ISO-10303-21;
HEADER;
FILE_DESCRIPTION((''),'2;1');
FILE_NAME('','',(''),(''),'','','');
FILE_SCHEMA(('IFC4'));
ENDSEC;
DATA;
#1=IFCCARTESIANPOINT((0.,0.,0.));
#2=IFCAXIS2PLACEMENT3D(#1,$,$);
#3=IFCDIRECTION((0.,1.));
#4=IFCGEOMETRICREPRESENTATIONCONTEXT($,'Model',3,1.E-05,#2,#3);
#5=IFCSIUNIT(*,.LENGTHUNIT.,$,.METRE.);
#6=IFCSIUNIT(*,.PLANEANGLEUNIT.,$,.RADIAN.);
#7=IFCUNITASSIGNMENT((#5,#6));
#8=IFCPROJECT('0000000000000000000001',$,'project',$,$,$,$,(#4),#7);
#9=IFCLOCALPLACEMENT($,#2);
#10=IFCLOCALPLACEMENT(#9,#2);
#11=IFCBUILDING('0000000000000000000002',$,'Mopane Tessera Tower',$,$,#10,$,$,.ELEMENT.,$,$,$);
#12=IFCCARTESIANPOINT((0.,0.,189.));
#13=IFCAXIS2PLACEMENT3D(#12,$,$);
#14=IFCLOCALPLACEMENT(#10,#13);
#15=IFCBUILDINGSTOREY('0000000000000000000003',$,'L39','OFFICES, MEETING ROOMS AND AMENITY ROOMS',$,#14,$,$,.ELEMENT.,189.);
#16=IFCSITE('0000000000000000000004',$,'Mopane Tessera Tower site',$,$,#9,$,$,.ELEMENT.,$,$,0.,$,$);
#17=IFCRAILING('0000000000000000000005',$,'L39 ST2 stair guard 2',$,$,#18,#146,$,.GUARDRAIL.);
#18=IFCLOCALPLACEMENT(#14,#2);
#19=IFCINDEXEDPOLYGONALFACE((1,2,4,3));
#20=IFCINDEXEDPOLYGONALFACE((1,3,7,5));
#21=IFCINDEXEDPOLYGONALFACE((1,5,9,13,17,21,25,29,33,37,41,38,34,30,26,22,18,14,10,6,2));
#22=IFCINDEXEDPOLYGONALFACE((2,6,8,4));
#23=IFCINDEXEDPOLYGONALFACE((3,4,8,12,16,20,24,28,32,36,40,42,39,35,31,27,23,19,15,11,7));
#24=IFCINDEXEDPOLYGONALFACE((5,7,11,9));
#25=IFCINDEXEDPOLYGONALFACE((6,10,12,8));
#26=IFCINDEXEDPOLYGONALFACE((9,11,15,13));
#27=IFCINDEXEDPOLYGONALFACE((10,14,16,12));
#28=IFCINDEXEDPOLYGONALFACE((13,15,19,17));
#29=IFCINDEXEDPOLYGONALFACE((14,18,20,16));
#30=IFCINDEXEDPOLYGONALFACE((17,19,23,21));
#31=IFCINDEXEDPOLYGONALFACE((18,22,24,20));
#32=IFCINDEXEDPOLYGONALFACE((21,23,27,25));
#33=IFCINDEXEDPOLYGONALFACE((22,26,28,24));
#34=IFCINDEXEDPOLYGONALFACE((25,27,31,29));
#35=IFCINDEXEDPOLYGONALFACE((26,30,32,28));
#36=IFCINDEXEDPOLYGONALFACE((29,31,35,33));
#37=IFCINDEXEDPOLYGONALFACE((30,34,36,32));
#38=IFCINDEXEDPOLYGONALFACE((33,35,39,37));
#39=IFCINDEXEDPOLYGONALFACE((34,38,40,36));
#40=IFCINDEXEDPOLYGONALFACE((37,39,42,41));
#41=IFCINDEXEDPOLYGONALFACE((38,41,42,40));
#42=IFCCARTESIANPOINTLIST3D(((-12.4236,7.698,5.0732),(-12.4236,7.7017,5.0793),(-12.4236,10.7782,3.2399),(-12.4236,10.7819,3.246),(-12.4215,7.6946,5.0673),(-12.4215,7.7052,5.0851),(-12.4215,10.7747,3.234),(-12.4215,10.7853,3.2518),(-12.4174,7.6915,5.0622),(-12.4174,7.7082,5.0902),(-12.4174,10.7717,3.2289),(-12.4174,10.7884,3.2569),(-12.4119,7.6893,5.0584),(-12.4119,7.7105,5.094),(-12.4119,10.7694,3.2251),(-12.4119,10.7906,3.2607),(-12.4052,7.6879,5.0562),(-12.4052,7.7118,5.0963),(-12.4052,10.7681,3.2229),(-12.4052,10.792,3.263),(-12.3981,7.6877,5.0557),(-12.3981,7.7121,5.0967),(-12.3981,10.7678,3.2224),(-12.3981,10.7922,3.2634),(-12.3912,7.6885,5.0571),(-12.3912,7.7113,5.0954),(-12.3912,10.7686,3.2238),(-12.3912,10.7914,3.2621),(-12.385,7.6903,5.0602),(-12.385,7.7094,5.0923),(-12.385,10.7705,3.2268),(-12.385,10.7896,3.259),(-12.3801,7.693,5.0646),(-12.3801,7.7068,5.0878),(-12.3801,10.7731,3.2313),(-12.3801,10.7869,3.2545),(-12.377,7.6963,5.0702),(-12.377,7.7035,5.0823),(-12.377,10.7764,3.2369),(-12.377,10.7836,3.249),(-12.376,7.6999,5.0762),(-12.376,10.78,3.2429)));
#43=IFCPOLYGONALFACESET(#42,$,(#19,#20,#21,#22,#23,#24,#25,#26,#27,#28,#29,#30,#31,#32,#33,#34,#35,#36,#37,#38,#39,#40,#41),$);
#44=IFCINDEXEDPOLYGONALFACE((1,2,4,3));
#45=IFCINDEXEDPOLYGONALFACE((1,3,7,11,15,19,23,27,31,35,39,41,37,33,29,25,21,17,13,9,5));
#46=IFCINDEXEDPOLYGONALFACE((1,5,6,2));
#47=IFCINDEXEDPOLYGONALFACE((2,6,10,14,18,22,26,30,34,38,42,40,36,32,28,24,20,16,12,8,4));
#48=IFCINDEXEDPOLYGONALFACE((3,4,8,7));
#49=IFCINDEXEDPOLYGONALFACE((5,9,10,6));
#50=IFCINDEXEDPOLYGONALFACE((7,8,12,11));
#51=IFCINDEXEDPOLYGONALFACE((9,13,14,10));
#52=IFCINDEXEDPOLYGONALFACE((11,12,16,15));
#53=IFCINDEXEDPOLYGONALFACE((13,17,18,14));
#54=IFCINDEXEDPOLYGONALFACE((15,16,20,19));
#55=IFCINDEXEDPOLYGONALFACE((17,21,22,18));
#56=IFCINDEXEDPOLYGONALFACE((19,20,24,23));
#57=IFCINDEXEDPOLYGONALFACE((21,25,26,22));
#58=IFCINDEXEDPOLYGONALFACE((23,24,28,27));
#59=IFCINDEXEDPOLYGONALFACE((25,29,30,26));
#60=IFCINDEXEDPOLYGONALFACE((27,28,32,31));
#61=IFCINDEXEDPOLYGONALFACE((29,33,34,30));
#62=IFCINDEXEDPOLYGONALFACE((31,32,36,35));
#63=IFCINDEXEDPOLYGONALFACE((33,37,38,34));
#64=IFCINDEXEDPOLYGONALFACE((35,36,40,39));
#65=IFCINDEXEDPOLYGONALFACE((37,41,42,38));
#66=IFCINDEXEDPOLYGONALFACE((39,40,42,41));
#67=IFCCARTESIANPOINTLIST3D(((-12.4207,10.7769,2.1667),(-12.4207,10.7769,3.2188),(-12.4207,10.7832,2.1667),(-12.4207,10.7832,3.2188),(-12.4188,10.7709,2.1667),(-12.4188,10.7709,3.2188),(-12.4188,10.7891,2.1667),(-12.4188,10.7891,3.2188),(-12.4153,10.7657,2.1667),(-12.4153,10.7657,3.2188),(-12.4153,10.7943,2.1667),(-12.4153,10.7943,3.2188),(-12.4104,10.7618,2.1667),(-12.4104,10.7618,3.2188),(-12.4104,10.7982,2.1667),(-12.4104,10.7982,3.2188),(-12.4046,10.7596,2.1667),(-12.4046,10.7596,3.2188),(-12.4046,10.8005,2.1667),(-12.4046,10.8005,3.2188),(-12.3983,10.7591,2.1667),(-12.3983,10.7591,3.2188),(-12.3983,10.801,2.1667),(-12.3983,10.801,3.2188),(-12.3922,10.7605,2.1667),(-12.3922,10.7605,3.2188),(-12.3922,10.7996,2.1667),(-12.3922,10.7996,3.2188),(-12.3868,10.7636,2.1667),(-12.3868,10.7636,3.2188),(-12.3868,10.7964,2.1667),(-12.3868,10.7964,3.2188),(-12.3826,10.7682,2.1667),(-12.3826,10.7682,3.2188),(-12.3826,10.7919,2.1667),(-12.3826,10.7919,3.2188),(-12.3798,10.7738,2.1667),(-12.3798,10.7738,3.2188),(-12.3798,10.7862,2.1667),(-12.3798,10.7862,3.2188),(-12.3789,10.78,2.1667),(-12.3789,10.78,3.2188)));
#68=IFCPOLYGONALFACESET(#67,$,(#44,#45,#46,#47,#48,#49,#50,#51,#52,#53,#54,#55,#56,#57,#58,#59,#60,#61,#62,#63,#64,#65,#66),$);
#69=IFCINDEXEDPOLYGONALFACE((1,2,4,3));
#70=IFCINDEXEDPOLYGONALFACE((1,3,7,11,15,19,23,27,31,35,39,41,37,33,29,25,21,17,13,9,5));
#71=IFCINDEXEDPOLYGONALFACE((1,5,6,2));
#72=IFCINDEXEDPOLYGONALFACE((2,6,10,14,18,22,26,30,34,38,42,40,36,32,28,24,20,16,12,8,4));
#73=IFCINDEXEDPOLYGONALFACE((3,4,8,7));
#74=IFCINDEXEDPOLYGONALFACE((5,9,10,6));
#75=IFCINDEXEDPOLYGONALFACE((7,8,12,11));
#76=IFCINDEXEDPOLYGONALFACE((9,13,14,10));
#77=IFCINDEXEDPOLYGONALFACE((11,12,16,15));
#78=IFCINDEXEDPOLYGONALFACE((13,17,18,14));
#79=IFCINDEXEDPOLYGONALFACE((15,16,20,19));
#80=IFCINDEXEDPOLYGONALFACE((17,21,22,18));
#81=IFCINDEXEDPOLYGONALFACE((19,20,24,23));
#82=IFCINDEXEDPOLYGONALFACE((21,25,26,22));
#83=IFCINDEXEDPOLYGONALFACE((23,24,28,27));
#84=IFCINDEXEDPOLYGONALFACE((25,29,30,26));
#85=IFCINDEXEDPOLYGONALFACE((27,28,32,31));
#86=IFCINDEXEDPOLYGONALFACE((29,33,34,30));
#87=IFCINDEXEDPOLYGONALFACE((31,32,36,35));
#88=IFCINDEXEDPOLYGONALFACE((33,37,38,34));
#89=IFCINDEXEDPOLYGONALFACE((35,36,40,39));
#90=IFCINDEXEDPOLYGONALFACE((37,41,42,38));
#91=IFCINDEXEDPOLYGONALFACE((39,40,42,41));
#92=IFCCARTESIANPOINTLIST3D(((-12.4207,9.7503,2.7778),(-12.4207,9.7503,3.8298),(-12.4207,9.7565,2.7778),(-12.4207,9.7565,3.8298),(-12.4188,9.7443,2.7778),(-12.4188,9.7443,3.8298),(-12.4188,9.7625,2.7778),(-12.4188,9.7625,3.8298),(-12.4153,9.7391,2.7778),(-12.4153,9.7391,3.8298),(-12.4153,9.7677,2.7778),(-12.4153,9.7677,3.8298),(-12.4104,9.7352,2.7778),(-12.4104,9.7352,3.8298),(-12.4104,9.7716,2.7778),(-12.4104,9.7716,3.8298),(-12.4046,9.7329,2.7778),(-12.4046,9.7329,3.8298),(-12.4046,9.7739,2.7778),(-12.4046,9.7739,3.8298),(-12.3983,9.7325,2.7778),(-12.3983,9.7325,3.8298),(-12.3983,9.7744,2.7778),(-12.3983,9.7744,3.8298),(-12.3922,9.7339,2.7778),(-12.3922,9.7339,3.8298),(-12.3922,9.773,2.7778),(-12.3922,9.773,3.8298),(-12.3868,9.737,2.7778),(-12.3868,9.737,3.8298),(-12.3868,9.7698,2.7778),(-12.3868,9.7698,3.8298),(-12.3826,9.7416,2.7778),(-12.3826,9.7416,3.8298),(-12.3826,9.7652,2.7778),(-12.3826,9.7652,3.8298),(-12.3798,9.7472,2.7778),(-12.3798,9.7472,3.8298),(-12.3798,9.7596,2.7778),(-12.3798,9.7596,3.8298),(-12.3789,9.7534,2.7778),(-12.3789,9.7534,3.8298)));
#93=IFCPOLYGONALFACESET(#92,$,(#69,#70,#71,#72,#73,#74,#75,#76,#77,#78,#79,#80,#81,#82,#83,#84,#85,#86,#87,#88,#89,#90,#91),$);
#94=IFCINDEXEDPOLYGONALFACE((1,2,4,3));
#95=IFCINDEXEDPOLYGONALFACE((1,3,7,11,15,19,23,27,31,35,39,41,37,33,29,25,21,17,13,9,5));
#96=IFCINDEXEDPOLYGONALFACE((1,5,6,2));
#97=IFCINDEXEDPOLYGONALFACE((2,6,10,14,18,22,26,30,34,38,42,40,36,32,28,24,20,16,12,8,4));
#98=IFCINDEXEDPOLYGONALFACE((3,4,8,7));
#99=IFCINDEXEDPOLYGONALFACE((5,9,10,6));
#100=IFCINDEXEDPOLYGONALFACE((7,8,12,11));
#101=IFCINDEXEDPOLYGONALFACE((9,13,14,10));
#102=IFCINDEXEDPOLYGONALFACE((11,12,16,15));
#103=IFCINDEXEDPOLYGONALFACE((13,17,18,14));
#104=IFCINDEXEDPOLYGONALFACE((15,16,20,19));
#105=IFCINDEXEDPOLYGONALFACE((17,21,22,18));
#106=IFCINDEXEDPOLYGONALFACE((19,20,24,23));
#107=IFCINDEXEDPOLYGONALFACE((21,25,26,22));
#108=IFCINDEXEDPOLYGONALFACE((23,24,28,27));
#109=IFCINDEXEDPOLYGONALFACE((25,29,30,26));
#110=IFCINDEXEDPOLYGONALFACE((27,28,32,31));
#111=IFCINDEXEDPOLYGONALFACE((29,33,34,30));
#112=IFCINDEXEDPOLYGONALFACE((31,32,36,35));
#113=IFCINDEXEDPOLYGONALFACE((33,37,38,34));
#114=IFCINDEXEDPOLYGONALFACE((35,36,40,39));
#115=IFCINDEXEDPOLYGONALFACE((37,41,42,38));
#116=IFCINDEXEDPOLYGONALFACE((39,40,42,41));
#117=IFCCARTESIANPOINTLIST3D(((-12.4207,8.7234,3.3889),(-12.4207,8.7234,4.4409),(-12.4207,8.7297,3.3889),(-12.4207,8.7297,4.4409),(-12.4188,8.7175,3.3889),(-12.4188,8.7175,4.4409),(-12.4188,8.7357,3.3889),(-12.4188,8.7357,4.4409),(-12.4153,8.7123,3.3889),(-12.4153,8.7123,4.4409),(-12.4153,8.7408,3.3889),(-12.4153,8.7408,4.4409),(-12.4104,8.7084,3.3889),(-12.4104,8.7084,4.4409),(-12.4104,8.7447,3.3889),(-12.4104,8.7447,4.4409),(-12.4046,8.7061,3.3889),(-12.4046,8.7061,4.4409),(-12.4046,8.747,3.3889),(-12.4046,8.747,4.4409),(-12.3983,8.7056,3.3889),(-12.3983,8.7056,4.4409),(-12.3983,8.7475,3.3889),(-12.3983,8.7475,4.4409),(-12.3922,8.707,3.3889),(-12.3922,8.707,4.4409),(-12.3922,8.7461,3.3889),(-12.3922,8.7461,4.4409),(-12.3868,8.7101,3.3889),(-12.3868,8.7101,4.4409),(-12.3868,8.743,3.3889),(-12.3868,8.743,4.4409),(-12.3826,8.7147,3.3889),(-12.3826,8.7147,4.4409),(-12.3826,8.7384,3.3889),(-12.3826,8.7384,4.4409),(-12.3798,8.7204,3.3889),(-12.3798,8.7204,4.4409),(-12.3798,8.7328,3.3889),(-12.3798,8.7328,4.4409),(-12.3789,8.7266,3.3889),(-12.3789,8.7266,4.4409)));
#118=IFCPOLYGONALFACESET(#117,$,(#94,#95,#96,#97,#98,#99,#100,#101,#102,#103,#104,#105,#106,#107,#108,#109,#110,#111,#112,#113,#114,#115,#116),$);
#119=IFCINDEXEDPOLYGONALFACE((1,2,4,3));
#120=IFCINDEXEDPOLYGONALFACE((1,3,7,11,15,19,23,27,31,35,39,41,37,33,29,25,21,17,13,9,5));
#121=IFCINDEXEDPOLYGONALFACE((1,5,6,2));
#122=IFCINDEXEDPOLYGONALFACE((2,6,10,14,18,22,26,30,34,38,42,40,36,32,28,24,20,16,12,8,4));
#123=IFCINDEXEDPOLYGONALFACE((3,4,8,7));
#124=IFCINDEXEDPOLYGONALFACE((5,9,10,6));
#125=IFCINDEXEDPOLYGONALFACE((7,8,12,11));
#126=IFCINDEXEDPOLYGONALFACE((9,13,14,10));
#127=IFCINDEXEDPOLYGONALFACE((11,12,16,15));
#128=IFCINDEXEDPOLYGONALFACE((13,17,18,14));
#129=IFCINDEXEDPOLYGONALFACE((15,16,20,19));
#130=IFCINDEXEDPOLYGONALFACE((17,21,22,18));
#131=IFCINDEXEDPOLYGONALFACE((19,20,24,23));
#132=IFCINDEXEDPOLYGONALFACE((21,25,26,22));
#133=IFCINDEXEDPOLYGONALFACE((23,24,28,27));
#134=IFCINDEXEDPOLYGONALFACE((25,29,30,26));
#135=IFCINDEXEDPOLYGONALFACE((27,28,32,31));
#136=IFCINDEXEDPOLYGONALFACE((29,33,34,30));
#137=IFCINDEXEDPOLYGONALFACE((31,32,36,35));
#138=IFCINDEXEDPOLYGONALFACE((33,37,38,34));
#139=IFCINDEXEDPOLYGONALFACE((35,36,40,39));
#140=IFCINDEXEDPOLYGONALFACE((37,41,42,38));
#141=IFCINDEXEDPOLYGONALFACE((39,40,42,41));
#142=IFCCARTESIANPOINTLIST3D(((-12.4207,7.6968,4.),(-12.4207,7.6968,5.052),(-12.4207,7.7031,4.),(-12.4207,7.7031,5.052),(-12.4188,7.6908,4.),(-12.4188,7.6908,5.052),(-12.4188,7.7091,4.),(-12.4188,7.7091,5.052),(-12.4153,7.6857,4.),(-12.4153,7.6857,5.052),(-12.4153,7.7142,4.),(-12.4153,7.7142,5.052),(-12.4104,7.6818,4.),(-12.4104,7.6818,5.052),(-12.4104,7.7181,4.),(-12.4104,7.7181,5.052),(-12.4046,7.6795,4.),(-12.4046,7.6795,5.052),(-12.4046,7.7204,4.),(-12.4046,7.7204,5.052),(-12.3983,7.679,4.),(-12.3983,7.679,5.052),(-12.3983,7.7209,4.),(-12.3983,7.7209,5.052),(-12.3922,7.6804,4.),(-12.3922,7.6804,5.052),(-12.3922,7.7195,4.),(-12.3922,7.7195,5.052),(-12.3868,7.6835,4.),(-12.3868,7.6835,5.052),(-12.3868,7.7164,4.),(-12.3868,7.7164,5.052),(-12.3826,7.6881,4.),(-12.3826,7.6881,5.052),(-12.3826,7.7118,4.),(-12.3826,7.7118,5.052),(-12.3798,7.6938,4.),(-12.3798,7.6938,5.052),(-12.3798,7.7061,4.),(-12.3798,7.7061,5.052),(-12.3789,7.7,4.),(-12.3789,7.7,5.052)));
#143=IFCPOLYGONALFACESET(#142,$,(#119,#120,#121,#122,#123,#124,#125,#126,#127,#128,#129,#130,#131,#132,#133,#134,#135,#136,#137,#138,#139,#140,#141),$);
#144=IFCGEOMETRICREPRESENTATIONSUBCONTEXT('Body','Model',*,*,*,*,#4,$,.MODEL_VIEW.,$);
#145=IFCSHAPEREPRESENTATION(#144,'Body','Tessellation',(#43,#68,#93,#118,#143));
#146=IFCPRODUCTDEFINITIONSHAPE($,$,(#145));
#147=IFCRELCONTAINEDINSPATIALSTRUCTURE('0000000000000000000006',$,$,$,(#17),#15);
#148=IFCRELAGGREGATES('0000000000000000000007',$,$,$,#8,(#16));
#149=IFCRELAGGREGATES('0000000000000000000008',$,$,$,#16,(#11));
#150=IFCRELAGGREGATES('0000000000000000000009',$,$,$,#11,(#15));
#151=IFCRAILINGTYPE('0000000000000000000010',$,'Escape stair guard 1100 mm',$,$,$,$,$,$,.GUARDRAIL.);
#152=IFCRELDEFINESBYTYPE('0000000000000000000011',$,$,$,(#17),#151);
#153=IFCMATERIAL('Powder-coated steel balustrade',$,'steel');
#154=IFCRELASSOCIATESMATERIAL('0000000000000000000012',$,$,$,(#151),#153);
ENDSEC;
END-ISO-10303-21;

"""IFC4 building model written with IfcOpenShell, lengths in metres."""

from ifc_helpers import new_model, si_unit, direction, frame, origin, origin_2d, place, context, subcontext, project, spatial, circle, extrude, material, type_object, element, save


model = new_model("IFC4")

# Units and contexts
model_context = context("Model", 3, precision=1e-05, world=origin(), true_north=direction((0.0, 1.0)))
body_context = subcontext(model_context, "Body", "Model", "MODEL_VIEW")
ifc_project = project(units=[si_unit("LENGTHUNIT", "METRE"), si_unit("PLANEANGLEUNIT", "RADIAN")], contexts=[model_context])

# Site, building, storey
site_placement = place(None, origin())
site = spatial("IfcSite", under=ifc_project, at=site_placement, Name="Mopane Tessera Tower site", CompositionType="ELEMENT", RefElevation=0.0)
building_placement = place(site_placement, origin())
building = spatial("IfcBuilding", under=site, at=building_placement, Name="Mopane Tessera Tower", CompositionType="ELEMENT")
storey_placement = place(building_placement, frame((0.0, 0.0, 189.0)))
storey = spatial("IfcBuildingStorey", under=building, at=storey_placement, Name="L39", Description="OFFICES, MEETING ROOMS AND AMENITY ROOMS", CompositionType="ELEMENT", Elevation=189.0)

# Railing
ifc_material_1 = material(Name="Powder-coated steel balustrade", Category="steel")
railing_type_1 = type_object("IfcRailingType", Name="Escape stair guard 1100 mm", PredefinedType="GUARDRAIL", material=ifc_material_1)
railing_1_placement = place(storey_placement, frame((-12.3999, 10.78, 2.1667)))
element("IfcRailing", 1, at=railing_1_placement, inside=storey, type_object=railing_type_1, Name="L39 ST2 stair guard 2", PredefinedType="GUARDRAIL", context=body_context, shape_type="SweptSolid", body=[
    extrude(circle(Radius=0.0239, at=origin_2d()), frame((0.0, 0.0, 1.0762), z_axis=(0.0, -0.859309, 0.511458), x_axis=(1.0, 0.0, 0.0)), (0.0, 0.0, 1.0), 3.5845),
    extrude(circle(Radius=0.021, at=origin_2d()), origin(), (0.0, 0.0, 1.0), 1.052),
    extrude(circle(Radius=0.021, at=origin_2d()), frame((0.0, -1.0266, 0.6111)), (0.0, 0.0, 1.0), 1.052),
    extrude(circle(Radius=0.021, at=origin_2d()), frame((0.0, -2.0535, 1.2222)), (0.0, 0.0, 1.0), 1.052),
    extrude(circle(Radius=0.021, at=origin_2d()), frame((0.0, -3.0801, 1.8333)), (0.0, 0.0, 1.0), 1.052),
])

save(model, "model.ifc")
